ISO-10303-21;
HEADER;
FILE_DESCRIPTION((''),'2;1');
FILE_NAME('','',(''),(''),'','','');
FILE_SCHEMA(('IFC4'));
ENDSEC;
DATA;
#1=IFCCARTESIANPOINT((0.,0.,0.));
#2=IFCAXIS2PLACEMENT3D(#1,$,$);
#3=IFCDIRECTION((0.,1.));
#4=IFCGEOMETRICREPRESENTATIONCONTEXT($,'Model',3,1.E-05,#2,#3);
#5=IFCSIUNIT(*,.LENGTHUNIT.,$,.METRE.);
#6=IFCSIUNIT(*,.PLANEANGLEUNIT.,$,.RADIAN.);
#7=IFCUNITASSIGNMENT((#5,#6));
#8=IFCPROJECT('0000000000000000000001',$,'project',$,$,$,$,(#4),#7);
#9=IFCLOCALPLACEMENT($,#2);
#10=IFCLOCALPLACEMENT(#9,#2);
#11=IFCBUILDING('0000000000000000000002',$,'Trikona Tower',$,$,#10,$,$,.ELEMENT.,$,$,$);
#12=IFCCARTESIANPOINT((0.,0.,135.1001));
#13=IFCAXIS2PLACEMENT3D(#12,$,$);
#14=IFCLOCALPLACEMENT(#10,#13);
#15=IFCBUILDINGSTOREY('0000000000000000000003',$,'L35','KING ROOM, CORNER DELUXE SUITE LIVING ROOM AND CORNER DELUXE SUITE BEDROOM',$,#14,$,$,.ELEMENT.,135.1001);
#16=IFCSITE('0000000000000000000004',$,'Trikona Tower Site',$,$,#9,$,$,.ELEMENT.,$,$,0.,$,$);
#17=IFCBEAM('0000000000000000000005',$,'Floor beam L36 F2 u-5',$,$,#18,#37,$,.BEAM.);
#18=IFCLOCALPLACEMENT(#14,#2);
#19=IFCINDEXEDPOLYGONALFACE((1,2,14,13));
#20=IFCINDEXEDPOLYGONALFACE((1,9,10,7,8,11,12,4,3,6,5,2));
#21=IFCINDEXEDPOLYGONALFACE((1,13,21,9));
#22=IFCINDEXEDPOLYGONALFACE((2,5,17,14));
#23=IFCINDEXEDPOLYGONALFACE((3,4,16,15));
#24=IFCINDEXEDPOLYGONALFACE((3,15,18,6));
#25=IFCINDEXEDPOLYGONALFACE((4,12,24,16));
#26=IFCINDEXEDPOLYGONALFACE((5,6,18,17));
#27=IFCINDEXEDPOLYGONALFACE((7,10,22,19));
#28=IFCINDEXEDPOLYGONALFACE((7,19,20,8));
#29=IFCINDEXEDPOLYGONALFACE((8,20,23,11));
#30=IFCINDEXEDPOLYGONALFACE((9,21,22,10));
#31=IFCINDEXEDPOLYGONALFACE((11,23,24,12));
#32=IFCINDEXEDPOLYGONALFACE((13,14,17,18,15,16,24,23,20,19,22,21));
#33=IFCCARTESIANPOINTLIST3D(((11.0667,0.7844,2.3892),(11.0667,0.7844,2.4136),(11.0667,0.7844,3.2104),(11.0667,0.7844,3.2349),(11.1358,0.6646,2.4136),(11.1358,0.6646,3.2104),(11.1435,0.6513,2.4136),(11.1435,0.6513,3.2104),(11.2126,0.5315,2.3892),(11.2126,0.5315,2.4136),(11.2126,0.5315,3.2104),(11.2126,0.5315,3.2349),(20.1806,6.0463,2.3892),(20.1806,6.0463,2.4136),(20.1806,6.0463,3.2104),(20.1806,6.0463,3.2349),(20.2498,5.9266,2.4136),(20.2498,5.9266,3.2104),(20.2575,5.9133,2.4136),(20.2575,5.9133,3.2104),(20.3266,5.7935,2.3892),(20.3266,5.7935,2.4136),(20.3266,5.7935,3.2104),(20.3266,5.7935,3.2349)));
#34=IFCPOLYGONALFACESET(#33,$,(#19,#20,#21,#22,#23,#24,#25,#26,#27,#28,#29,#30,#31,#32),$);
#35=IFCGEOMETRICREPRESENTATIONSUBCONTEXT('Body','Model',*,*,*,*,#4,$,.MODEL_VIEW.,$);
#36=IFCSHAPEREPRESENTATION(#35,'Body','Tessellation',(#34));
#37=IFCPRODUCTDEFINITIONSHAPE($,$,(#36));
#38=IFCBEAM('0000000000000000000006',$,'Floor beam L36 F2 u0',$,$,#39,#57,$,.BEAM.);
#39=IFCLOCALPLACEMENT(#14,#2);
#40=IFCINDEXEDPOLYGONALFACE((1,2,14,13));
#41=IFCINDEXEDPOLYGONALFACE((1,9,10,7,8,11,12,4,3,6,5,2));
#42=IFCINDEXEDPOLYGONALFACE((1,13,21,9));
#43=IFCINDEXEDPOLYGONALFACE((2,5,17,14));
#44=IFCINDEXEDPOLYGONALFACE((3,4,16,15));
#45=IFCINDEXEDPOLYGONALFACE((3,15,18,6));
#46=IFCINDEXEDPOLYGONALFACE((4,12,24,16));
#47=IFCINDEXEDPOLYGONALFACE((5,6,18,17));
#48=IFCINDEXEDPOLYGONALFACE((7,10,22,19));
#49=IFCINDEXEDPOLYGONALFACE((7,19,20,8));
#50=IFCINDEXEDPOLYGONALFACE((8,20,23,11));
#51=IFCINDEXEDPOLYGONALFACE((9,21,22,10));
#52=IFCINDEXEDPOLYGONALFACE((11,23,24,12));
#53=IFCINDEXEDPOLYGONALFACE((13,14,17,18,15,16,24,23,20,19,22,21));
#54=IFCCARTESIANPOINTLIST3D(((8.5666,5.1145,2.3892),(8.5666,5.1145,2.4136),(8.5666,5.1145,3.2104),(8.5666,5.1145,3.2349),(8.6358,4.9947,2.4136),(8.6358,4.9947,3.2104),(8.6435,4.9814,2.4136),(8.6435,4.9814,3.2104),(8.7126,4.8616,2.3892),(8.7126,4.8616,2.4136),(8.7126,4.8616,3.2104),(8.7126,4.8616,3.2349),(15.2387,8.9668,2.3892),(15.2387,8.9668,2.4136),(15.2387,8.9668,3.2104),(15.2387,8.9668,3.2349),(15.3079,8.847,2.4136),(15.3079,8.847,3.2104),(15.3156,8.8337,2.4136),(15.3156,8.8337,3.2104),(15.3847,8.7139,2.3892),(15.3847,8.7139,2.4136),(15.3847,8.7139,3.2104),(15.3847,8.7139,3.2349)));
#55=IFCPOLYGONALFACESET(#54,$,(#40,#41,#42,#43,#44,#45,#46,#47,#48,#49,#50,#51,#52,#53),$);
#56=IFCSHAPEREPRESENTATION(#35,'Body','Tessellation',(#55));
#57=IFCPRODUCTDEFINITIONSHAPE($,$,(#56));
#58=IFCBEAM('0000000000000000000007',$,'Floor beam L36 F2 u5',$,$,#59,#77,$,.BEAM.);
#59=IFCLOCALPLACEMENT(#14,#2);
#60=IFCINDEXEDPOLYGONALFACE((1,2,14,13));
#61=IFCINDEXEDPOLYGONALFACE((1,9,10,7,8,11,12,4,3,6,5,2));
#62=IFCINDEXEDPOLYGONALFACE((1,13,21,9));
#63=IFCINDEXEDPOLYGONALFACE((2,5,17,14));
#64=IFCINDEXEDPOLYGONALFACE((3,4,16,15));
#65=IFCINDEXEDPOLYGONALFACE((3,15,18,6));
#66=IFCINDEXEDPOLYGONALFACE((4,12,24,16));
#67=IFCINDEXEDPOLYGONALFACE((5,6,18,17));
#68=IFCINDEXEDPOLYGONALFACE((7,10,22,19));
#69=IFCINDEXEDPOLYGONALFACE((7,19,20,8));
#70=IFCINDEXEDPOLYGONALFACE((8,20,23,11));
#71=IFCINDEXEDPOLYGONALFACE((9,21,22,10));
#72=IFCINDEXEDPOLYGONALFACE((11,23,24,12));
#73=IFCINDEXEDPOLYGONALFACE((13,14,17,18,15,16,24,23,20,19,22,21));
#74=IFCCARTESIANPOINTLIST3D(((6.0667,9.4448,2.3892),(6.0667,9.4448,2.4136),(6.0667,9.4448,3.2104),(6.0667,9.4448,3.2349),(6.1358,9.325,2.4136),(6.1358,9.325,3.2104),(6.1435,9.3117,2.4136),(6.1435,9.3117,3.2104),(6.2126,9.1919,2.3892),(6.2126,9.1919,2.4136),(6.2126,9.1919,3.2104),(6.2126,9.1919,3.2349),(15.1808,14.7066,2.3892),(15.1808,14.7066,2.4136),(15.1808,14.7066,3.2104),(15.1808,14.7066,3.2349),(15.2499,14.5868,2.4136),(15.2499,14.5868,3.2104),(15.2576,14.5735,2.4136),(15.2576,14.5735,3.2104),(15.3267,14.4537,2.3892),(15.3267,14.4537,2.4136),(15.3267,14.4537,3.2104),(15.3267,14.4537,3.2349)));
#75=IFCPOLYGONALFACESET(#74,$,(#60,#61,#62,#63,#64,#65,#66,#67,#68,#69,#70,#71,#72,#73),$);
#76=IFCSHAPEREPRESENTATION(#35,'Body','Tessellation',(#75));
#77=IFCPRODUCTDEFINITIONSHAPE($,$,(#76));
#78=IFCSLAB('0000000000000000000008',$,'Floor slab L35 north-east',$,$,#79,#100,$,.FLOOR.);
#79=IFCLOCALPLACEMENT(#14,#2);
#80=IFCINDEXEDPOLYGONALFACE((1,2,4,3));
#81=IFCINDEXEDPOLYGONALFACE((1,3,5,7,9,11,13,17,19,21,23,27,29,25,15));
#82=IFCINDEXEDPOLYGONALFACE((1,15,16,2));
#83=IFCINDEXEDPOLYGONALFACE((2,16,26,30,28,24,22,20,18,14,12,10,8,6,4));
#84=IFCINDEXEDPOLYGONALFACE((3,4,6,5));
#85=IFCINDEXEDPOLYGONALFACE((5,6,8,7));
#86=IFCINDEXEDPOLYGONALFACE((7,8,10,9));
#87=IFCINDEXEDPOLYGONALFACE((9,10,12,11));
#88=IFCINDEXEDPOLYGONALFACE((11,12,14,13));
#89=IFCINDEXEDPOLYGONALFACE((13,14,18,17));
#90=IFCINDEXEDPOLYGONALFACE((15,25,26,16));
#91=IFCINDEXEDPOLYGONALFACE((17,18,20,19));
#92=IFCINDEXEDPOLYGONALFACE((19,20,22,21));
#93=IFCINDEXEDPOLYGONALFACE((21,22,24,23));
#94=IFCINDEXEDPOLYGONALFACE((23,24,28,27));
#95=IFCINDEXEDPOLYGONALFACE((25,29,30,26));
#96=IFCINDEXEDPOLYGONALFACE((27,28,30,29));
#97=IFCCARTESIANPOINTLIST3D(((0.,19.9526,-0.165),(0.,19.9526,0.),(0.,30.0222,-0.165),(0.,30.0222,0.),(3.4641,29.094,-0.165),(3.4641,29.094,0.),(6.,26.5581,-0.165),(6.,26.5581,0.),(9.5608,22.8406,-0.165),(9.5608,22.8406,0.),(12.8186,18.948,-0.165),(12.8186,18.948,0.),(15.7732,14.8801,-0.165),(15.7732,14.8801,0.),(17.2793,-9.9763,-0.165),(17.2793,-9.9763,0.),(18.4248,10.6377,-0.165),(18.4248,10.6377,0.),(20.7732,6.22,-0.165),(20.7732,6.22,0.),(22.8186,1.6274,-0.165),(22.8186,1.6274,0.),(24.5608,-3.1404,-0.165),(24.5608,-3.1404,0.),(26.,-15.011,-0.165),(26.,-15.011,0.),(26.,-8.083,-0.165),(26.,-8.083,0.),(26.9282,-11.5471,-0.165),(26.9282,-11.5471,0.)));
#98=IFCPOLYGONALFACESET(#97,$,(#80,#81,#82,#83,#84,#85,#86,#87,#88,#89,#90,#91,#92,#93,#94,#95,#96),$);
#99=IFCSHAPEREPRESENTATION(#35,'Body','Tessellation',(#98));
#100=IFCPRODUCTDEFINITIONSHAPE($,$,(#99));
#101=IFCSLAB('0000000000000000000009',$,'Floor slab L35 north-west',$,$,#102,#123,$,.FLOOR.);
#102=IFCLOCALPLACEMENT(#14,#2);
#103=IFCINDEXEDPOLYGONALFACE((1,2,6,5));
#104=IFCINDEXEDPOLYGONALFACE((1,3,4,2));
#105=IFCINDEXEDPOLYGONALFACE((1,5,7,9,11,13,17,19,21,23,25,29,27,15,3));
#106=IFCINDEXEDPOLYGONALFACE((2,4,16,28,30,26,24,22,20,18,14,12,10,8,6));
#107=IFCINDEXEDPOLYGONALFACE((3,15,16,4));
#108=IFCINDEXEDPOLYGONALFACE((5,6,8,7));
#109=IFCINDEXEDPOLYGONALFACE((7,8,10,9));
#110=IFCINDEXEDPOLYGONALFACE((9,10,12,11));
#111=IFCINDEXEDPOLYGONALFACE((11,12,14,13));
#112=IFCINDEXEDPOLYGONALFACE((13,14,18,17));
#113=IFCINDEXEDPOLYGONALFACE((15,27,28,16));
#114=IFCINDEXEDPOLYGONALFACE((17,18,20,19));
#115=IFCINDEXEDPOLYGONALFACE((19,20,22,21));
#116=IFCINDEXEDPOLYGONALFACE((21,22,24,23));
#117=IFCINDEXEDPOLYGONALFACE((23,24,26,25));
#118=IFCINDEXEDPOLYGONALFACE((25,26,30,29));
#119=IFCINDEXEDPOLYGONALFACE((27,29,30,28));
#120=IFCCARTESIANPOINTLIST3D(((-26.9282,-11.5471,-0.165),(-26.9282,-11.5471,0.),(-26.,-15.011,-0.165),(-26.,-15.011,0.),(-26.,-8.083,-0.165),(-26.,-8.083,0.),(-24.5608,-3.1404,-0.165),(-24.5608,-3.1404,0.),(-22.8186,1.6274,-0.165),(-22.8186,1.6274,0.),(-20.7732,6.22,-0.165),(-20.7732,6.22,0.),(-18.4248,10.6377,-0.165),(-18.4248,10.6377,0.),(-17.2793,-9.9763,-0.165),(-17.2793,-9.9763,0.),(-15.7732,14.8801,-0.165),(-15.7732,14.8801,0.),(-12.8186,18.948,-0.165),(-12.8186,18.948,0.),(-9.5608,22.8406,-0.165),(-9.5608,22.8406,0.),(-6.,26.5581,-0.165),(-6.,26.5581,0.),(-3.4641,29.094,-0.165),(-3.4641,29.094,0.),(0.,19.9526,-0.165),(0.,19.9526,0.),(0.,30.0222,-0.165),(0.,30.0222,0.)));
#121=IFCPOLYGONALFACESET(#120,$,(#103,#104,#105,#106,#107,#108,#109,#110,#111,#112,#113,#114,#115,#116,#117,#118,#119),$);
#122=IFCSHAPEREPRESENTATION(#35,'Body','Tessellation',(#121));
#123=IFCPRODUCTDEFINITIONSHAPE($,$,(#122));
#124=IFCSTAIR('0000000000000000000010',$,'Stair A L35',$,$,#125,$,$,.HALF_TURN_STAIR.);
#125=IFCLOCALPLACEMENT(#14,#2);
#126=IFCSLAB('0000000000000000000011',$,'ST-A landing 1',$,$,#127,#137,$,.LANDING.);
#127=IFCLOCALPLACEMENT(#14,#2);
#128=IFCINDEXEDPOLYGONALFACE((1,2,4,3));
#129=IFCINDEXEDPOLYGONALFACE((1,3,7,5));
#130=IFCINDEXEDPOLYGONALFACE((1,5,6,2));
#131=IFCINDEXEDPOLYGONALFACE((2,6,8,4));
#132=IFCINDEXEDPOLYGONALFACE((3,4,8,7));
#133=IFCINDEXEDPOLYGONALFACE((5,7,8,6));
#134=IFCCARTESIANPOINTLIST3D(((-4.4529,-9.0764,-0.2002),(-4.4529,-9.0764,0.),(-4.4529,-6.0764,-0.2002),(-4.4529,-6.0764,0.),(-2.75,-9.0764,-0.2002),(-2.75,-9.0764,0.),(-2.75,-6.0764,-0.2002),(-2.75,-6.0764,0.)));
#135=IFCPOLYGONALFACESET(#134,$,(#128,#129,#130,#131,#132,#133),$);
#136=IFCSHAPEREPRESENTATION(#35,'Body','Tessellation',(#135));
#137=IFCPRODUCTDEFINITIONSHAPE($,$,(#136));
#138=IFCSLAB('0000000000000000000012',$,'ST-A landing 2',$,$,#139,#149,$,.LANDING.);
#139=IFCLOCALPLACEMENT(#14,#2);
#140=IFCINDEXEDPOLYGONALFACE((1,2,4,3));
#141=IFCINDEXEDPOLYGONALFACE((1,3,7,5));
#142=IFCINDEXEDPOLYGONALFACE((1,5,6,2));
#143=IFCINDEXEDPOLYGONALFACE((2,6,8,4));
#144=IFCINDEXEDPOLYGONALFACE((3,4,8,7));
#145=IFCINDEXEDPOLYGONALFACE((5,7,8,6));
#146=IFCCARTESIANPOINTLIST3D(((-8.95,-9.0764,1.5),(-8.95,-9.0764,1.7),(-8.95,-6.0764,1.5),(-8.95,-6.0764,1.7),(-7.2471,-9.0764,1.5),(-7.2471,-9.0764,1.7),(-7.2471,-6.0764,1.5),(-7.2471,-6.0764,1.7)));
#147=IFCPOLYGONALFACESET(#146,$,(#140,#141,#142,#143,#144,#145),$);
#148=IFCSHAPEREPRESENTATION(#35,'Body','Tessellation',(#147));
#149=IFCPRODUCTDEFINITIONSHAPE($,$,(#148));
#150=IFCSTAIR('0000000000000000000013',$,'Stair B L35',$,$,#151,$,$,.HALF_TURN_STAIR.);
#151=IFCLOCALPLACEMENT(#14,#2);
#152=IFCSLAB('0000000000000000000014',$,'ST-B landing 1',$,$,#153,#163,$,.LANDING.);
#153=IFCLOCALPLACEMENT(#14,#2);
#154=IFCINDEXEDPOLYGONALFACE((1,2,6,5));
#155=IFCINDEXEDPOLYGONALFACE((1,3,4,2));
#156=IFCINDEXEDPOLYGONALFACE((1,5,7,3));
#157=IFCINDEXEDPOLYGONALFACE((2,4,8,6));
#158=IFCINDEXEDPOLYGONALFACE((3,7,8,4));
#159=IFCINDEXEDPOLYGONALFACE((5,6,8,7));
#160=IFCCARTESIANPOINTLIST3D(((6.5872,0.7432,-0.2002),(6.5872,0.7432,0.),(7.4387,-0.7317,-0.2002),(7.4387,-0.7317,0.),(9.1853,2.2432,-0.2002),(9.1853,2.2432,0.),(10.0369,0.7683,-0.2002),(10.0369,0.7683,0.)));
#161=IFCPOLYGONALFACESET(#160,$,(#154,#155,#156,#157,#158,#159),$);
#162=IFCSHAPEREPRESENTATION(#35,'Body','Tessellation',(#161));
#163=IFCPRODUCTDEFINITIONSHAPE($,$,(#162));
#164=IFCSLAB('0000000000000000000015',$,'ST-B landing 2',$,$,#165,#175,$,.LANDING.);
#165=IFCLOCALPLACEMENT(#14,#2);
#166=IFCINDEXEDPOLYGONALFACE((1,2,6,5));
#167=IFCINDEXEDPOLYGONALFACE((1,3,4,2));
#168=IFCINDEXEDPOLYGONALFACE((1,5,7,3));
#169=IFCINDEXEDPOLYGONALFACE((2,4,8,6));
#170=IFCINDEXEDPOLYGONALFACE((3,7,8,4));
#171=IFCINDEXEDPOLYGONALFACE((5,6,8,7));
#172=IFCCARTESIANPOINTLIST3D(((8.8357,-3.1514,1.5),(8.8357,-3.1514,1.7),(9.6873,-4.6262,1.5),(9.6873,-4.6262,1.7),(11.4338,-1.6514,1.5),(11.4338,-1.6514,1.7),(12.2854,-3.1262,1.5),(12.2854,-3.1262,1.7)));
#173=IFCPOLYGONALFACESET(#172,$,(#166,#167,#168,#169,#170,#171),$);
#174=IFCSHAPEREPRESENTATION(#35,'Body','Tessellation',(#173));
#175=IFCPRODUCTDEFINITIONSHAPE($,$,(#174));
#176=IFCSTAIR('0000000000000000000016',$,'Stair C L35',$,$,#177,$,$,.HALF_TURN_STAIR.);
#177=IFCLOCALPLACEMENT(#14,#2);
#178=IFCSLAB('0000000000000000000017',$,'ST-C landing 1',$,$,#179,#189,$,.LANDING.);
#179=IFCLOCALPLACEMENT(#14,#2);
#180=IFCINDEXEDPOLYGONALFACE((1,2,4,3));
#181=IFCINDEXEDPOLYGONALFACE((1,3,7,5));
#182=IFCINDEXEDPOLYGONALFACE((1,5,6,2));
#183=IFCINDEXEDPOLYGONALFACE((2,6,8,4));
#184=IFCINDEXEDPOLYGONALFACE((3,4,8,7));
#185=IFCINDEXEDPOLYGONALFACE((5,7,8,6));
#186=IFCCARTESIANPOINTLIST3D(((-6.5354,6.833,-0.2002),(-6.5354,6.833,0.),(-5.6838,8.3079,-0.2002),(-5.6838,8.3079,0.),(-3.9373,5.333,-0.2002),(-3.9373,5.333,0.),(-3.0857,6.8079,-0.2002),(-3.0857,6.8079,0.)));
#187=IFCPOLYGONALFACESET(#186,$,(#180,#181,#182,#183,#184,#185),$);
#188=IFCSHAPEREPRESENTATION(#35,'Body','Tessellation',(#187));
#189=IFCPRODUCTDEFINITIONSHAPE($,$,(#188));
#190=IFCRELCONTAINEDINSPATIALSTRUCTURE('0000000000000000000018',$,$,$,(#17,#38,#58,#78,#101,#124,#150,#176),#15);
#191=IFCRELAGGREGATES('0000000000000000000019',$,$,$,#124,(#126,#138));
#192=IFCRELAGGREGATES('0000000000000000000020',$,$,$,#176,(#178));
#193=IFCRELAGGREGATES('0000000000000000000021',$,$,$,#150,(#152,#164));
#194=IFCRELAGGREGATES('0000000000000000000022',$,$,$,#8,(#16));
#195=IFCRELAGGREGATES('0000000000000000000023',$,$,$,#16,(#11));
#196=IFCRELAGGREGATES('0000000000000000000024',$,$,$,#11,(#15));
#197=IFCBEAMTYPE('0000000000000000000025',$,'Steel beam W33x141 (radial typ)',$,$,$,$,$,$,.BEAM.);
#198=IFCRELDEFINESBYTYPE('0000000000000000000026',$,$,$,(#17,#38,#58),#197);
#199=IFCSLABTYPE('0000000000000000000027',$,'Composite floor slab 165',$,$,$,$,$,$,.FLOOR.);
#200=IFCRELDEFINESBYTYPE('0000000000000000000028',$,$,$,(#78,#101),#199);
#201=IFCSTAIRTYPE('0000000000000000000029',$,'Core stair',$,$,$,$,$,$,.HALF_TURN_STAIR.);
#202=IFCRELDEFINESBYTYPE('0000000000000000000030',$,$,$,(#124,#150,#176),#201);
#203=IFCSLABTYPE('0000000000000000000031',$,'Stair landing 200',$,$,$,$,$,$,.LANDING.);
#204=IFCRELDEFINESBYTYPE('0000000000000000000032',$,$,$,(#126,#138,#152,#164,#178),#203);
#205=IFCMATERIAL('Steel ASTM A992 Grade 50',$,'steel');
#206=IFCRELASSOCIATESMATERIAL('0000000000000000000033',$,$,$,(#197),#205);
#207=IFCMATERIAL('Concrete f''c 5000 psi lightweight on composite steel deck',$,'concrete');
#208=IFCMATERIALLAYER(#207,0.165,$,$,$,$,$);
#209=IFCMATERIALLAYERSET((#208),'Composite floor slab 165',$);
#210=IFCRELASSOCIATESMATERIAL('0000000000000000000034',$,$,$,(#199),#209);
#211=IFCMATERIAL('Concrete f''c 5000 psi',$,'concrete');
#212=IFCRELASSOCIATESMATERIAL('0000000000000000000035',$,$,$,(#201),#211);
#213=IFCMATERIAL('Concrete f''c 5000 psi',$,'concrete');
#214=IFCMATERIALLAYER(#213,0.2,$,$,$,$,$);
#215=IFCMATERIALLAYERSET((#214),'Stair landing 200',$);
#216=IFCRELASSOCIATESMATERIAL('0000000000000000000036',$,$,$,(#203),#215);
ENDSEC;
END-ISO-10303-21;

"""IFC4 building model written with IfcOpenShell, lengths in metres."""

from ifc_helpers import new_model, si_unit, direction, frame, origin, origin_2d, place, context, subcontext, project, spatial, polyline, i_section, outline, extrude, material, layer, layer_set, material_profile, profile_set, type_object, element, aggregate, save


model = new_model("IFC4")

# Units and contexts
model_context = context("Model", 3, precision=1e-05, world=origin(), true_north=direction((0.0, 1.0)))
body_context = subcontext(model_context, "Body", "Model", "MODEL_VIEW")
ifc_project = project(units=[si_unit("LENGTHUNIT", "METRE"), si_unit("PLANEANGLEUNIT", "RADIAN")], contexts=[model_context])

# Site, building, storey
site_placement = place(None, origin())
site = spatial("IfcSite", under=ifc_project, at=site_placement, Name="Trikona Tower Site", CompositionType="ELEMENT", RefElevation=0.0)
building_placement = place(site_placement, origin())
building = spatial("IfcBuilding", under=site, at=building_placement, Name="Trikona Tower", CompositionType="ELEMENT")
storey_placement = place(building_placement, frame((0.0, 0.0, 135.1001)))
storey = spatial("IfcBuildingStorey", under=building, at=storey_placement, Name="L35", Description="KING ROOM, CORNER DELUXE SUITE LIVING ROOM AND CORNER DELUXE SUITE BEDROOM", CompositionType="ELEMENT", Elevation=135.1001)

# Beams
ifc_material_1 = material(Name="Steel ASTM A992 Grade 50", Category="steel")
ifc_material_profile = material_profile(ifc_material_1, i_section(OverallWidth=0.292, OverallDepth=0.8457, WebThickness=0.0154, FlangeThickness=0.0244, at=origin_2d()), Name="W33X141")
ifc_profile_set = profile_set([ifc_material_profile], Name="Steel ASTM A992 Grade 50")
beam_type = type_object("IfcBeamType", Name="Steel beam W33x141 (radial typ)", PredefinedType="BEAM", material=ifc_profile_set)
beam_1_placement = place(storey_placement, frame((11.1396, 0.658, 2.812), z_axis=(0.866026, 0.499999, 0.0), x_axis=(-0.499999, 0.866026, 0.0)))
element("IfcBeam", 1, at=beam_1_placement, inside=storey, type_object=beam_type, Name="Floor beam L36 F2 u-5", PredefinedType="BEAM", context=body_context, shape_type="SweptSolid", body=[
    extrude(i_section(OverallWidth=0.292, OverallDepth=0.8457, WebThickness=0.0154, FlangeThickness=0.0244, at=origin_2d()), origin(), (0.0, 0.0, 1.0), 10.5239),
])
beam_2_placement = place(storey_placement, frame((8.6396, 4.988, 2.812), z_axis=(0.866017, 0.500014, 0.0), x_axis=(-0.500014, 0.866017, 0.0)))
element("IfcBeam", 2, at=beam_2_placement, inside=storey, type_object=beam_type, Name="Floor beam L36 F2 u0", PredefinedType="BEAM", context=body_context, shape_type="SweptSolid", body=[
    extrude(i_section(OverallWidth=0.292, OverallDepth=0.8457, WebThickness=0.0154, FlangeThickness=0.0244, at=origin_2d()), origin(), (0.0, 0.0, 1.0), 7.7043),
])
beam_3_placement = place(storey_placement, frame((6.1396, 9.3184, 2.812), z_axis=(0.866036, 0.499982, 0.0), x_axis=(-0.499982, 0.866036, 0.0)))
element("IfcBeam", 3, at=beam_3_placement, inside=storey, type_object=beam_type, Name="Floor beam L36 F2 u5", PredefinedType="BEAM", context=body_context, shape_type="SweptSolid", body=[
    extrude(i_section(OverallWidth=0.292, OverallDepth=0.8457, WebThickness=0.0154, FlangeThickness=0.0244, at=origin_2d()), origin(), (0.0, 0.0, 1.0), 10.5239),
])

# Slabs
ifc_material_2 = material(Name="Concrete f'c 5000 psi lightweight on composite steel deck", Category="concrete")
ifc_layer_1 = layer(ifc_material_2, 0.165)
ifc_layer_set_1 = layer_set([ifc_layer_1], Name="Composite floor slab 165")
slab_type_1 = type_object("IfcSlabType", Name="Composite floor slab 165", PredefinedType="FLOOR", material=ifc_layer_set_1)
slab_1_placement = place(storey_placement, frame((0.0, 0.0, -0.165)))
element("IfcSlab", 4, at=slab_1_placement, inside=storey, type_object=slab_type_1, Name="Floor slab L35 north-east", PredefinedType="FLOOR", context=body_context, shape_type="SweptSolid", body=[
    extrude(outline(polyline([(3.4641, 29.094), (0.0, 30.0222), (0.0, 19.9526), (17.2793, -9.9763), (26.0, -15.011), (26.9282, -11.5471), (26.0, -8.083), (24.5608, -3.1404), (22.8186, 1.6274), (20.7732, 6.22), (18.4248, 10.6377), (15.7732, 14.8801), (12.8186, 18.948), (9.5608, 22.8406), (6.0, 26.5581), (3.4641, 29.094)])), origin(), (0.0, 0.0, 1.0), 0.165),
])
slab_2_placement = place(storey_placement, frame((0.0, 0.0, -0.165)))
element("IfcSlab", 5, at=slab_2_placement, inside=storey, type_object=slab_type_1, Name="Floor slab L35 north-west", PredefinedType="FLOOR", context=body_context, shape_type="SweptSolid", body=[
    extrude(outline(polyline([(0.0, 19.9526), (0.0, 30.0222), (-3.4641, 29.094), (-6.0, 26.5581), (-9.5608, 22.8406), (-12.8186, 18.948), (-15.7732, 14.8801), (-18.4248, 10.6377), (-20.7732, 6.22), (-22.8186, 1.6274), (-24.5608, -3.1404), (-26.0, -8.083), (-26.9282, -11.5471), (-26.0, -15.011), (-17.2793, -9.9763), (0.0, 19.9526)])), origin(), (0.0, 0.0, 1.0), 0.165),
])

# Stairs, slabs
ifc_material_3 = material(Name="Concrete f'c 5000 psi", Category="concrete")
stair_type = type_object("IfcStairType", Name="Core stair", PredefinedType="HALF_TURN_STAIR", material=ifc_material_3)
stair_1_placement = place(storey_placement, origin())
stair_1 = element("IfcStair", 6, at=stair_1_placement, inside=storey, type_object=stair_type, Name="Stair A L35", PredefinedType="HALF_TURN_STAIR")
ifc_material_4 = material(Name="Concrete f'c 5000 psi", Category="concrete")
ifc_layer_2 = layer(ifc_material_4, 0.2)
ifc_layer_set_2 = layer_set([ifc_layer_2], Name="Stair landing 200")
slab_type_2 = type_object("IfcSlabType", Name="Stair landing 200", PredefinedType="LANDING", material=ifc_layer_set_2)
slab_3_placement = place(storey_placement, frame((0.0, 0.0, -0.2002)))
slab_3 = element("IfcSlab", 7, at=slab_3_placement, type_object=slab_type_2, Name="ST-A landing 1", PredefinedType="LANDING", context=body_context, shape_type="SweptSolid", body=[
    extrude(outline(polyline([(-4.4529, -6.0764), (-2.75, -6.0764), (-2.75, -9.0764), (-4.4529, -9.0764), (-4.4529, -6.0764)])), origin(), (0.0, 0.0, 1.0), 0.2002),
])
slab_4_placement = place(storey_placement, frame((0.0, 0.0, 1.5)))
slab_4 = element("IfcSlab", 8, at=slab_4_placement, type_object=slab_type_2, Name="ST-A landing 2", PredefinedType="LANDING", context=body_context, shape_type="SweptSolid", body=[
    extrude(outline(polyline([(-8.95, -6.0764), (-7.2471, -6.0764), (-7.2471, -9.0764), (-8.95, -9.0764), (-8.95, -6.0764)])), origin(), (0.0, 0.0, 1.0), 0.2),
])
aggregate(stair_1, [slab_3, slab_4])
stair_2_placement = place(storey_placement, origin())
stair_2 = element("IfcStair", 9, at=stair_2_placement, inside=storey, type_object=stair_type, Name="Stair B L35", PredefinedType="HALF_TURN_STAIR")
slab_5_placement = place(storey_placement, frame((0.0, 0.0, -0.2002)))
slab_5 = element("IfcSlab", 10, at=slab_5_placement, type_object=slab_type_2, Name="ST-B landing 1", PredefinedType="LANDING", context=body_context, shape_type="SweptSolid", body=[
    extrude(outline(polyline([(7.4387, -0.7317), (6.5872, 0.7432), (9.1853, 2.2432), (10.0369, 0.7683), (7.4387, -0.7317)])), origin(), (0.0, 0.0, 1.0), 0.2002),
])
slab_6_placement = place(storey_placement, frame((0.0, 0.0, 1.5)))
slab_6 = element("IfcSlab", 11, at=slab_6_placement, type_object=slab_type_2, Name="ST-B landing 2", PredefinedType="LANDING", context=body_context, shape_type="SweptSolid", body=[
    extrude(outline(polyline([(9.6873, -4.6262), (8.8357, -3.1514), (11.4338, -1.6514), (12.2854, -3.1262), (9.6873, -4.6262)])), origin(), (0.0, 0.0, 1.0), 0.2),
])
stair_3_placement = place(storey_placement, origin())
stair_3 = element("IfcStair", 12, at=stair_3_placement, inside=storey, type_object=stair_type, Name="Stair C L35", PredefinedType="HALF_TURN_STAIR")
slab_7_placement = place(storey_placement, frame((0.0, 0.0, -0.2002)))
slab_7 = element("IfcSlab", 13, at=slab_7_placement, type_object=slab_type_2, Name="ST-C landing 1", PredefinedType="LANDING", context=body_context, shape_type="SweptSolid", body=[
    extrude(outline(polyline([(-3.0857, 6.8079), (-3.9373, 5.333), (-6.5354, 6.833), (-5.6838, 8.3079), (-3.0857, 6.8079)])), origin(), (0.0, 0.0, 1.0), 0.2002),
])
aggregate(stair_3, [slab_7])

aggregate(stair_2, [slab_5, slab_6])

save(model, "model.ifc")
